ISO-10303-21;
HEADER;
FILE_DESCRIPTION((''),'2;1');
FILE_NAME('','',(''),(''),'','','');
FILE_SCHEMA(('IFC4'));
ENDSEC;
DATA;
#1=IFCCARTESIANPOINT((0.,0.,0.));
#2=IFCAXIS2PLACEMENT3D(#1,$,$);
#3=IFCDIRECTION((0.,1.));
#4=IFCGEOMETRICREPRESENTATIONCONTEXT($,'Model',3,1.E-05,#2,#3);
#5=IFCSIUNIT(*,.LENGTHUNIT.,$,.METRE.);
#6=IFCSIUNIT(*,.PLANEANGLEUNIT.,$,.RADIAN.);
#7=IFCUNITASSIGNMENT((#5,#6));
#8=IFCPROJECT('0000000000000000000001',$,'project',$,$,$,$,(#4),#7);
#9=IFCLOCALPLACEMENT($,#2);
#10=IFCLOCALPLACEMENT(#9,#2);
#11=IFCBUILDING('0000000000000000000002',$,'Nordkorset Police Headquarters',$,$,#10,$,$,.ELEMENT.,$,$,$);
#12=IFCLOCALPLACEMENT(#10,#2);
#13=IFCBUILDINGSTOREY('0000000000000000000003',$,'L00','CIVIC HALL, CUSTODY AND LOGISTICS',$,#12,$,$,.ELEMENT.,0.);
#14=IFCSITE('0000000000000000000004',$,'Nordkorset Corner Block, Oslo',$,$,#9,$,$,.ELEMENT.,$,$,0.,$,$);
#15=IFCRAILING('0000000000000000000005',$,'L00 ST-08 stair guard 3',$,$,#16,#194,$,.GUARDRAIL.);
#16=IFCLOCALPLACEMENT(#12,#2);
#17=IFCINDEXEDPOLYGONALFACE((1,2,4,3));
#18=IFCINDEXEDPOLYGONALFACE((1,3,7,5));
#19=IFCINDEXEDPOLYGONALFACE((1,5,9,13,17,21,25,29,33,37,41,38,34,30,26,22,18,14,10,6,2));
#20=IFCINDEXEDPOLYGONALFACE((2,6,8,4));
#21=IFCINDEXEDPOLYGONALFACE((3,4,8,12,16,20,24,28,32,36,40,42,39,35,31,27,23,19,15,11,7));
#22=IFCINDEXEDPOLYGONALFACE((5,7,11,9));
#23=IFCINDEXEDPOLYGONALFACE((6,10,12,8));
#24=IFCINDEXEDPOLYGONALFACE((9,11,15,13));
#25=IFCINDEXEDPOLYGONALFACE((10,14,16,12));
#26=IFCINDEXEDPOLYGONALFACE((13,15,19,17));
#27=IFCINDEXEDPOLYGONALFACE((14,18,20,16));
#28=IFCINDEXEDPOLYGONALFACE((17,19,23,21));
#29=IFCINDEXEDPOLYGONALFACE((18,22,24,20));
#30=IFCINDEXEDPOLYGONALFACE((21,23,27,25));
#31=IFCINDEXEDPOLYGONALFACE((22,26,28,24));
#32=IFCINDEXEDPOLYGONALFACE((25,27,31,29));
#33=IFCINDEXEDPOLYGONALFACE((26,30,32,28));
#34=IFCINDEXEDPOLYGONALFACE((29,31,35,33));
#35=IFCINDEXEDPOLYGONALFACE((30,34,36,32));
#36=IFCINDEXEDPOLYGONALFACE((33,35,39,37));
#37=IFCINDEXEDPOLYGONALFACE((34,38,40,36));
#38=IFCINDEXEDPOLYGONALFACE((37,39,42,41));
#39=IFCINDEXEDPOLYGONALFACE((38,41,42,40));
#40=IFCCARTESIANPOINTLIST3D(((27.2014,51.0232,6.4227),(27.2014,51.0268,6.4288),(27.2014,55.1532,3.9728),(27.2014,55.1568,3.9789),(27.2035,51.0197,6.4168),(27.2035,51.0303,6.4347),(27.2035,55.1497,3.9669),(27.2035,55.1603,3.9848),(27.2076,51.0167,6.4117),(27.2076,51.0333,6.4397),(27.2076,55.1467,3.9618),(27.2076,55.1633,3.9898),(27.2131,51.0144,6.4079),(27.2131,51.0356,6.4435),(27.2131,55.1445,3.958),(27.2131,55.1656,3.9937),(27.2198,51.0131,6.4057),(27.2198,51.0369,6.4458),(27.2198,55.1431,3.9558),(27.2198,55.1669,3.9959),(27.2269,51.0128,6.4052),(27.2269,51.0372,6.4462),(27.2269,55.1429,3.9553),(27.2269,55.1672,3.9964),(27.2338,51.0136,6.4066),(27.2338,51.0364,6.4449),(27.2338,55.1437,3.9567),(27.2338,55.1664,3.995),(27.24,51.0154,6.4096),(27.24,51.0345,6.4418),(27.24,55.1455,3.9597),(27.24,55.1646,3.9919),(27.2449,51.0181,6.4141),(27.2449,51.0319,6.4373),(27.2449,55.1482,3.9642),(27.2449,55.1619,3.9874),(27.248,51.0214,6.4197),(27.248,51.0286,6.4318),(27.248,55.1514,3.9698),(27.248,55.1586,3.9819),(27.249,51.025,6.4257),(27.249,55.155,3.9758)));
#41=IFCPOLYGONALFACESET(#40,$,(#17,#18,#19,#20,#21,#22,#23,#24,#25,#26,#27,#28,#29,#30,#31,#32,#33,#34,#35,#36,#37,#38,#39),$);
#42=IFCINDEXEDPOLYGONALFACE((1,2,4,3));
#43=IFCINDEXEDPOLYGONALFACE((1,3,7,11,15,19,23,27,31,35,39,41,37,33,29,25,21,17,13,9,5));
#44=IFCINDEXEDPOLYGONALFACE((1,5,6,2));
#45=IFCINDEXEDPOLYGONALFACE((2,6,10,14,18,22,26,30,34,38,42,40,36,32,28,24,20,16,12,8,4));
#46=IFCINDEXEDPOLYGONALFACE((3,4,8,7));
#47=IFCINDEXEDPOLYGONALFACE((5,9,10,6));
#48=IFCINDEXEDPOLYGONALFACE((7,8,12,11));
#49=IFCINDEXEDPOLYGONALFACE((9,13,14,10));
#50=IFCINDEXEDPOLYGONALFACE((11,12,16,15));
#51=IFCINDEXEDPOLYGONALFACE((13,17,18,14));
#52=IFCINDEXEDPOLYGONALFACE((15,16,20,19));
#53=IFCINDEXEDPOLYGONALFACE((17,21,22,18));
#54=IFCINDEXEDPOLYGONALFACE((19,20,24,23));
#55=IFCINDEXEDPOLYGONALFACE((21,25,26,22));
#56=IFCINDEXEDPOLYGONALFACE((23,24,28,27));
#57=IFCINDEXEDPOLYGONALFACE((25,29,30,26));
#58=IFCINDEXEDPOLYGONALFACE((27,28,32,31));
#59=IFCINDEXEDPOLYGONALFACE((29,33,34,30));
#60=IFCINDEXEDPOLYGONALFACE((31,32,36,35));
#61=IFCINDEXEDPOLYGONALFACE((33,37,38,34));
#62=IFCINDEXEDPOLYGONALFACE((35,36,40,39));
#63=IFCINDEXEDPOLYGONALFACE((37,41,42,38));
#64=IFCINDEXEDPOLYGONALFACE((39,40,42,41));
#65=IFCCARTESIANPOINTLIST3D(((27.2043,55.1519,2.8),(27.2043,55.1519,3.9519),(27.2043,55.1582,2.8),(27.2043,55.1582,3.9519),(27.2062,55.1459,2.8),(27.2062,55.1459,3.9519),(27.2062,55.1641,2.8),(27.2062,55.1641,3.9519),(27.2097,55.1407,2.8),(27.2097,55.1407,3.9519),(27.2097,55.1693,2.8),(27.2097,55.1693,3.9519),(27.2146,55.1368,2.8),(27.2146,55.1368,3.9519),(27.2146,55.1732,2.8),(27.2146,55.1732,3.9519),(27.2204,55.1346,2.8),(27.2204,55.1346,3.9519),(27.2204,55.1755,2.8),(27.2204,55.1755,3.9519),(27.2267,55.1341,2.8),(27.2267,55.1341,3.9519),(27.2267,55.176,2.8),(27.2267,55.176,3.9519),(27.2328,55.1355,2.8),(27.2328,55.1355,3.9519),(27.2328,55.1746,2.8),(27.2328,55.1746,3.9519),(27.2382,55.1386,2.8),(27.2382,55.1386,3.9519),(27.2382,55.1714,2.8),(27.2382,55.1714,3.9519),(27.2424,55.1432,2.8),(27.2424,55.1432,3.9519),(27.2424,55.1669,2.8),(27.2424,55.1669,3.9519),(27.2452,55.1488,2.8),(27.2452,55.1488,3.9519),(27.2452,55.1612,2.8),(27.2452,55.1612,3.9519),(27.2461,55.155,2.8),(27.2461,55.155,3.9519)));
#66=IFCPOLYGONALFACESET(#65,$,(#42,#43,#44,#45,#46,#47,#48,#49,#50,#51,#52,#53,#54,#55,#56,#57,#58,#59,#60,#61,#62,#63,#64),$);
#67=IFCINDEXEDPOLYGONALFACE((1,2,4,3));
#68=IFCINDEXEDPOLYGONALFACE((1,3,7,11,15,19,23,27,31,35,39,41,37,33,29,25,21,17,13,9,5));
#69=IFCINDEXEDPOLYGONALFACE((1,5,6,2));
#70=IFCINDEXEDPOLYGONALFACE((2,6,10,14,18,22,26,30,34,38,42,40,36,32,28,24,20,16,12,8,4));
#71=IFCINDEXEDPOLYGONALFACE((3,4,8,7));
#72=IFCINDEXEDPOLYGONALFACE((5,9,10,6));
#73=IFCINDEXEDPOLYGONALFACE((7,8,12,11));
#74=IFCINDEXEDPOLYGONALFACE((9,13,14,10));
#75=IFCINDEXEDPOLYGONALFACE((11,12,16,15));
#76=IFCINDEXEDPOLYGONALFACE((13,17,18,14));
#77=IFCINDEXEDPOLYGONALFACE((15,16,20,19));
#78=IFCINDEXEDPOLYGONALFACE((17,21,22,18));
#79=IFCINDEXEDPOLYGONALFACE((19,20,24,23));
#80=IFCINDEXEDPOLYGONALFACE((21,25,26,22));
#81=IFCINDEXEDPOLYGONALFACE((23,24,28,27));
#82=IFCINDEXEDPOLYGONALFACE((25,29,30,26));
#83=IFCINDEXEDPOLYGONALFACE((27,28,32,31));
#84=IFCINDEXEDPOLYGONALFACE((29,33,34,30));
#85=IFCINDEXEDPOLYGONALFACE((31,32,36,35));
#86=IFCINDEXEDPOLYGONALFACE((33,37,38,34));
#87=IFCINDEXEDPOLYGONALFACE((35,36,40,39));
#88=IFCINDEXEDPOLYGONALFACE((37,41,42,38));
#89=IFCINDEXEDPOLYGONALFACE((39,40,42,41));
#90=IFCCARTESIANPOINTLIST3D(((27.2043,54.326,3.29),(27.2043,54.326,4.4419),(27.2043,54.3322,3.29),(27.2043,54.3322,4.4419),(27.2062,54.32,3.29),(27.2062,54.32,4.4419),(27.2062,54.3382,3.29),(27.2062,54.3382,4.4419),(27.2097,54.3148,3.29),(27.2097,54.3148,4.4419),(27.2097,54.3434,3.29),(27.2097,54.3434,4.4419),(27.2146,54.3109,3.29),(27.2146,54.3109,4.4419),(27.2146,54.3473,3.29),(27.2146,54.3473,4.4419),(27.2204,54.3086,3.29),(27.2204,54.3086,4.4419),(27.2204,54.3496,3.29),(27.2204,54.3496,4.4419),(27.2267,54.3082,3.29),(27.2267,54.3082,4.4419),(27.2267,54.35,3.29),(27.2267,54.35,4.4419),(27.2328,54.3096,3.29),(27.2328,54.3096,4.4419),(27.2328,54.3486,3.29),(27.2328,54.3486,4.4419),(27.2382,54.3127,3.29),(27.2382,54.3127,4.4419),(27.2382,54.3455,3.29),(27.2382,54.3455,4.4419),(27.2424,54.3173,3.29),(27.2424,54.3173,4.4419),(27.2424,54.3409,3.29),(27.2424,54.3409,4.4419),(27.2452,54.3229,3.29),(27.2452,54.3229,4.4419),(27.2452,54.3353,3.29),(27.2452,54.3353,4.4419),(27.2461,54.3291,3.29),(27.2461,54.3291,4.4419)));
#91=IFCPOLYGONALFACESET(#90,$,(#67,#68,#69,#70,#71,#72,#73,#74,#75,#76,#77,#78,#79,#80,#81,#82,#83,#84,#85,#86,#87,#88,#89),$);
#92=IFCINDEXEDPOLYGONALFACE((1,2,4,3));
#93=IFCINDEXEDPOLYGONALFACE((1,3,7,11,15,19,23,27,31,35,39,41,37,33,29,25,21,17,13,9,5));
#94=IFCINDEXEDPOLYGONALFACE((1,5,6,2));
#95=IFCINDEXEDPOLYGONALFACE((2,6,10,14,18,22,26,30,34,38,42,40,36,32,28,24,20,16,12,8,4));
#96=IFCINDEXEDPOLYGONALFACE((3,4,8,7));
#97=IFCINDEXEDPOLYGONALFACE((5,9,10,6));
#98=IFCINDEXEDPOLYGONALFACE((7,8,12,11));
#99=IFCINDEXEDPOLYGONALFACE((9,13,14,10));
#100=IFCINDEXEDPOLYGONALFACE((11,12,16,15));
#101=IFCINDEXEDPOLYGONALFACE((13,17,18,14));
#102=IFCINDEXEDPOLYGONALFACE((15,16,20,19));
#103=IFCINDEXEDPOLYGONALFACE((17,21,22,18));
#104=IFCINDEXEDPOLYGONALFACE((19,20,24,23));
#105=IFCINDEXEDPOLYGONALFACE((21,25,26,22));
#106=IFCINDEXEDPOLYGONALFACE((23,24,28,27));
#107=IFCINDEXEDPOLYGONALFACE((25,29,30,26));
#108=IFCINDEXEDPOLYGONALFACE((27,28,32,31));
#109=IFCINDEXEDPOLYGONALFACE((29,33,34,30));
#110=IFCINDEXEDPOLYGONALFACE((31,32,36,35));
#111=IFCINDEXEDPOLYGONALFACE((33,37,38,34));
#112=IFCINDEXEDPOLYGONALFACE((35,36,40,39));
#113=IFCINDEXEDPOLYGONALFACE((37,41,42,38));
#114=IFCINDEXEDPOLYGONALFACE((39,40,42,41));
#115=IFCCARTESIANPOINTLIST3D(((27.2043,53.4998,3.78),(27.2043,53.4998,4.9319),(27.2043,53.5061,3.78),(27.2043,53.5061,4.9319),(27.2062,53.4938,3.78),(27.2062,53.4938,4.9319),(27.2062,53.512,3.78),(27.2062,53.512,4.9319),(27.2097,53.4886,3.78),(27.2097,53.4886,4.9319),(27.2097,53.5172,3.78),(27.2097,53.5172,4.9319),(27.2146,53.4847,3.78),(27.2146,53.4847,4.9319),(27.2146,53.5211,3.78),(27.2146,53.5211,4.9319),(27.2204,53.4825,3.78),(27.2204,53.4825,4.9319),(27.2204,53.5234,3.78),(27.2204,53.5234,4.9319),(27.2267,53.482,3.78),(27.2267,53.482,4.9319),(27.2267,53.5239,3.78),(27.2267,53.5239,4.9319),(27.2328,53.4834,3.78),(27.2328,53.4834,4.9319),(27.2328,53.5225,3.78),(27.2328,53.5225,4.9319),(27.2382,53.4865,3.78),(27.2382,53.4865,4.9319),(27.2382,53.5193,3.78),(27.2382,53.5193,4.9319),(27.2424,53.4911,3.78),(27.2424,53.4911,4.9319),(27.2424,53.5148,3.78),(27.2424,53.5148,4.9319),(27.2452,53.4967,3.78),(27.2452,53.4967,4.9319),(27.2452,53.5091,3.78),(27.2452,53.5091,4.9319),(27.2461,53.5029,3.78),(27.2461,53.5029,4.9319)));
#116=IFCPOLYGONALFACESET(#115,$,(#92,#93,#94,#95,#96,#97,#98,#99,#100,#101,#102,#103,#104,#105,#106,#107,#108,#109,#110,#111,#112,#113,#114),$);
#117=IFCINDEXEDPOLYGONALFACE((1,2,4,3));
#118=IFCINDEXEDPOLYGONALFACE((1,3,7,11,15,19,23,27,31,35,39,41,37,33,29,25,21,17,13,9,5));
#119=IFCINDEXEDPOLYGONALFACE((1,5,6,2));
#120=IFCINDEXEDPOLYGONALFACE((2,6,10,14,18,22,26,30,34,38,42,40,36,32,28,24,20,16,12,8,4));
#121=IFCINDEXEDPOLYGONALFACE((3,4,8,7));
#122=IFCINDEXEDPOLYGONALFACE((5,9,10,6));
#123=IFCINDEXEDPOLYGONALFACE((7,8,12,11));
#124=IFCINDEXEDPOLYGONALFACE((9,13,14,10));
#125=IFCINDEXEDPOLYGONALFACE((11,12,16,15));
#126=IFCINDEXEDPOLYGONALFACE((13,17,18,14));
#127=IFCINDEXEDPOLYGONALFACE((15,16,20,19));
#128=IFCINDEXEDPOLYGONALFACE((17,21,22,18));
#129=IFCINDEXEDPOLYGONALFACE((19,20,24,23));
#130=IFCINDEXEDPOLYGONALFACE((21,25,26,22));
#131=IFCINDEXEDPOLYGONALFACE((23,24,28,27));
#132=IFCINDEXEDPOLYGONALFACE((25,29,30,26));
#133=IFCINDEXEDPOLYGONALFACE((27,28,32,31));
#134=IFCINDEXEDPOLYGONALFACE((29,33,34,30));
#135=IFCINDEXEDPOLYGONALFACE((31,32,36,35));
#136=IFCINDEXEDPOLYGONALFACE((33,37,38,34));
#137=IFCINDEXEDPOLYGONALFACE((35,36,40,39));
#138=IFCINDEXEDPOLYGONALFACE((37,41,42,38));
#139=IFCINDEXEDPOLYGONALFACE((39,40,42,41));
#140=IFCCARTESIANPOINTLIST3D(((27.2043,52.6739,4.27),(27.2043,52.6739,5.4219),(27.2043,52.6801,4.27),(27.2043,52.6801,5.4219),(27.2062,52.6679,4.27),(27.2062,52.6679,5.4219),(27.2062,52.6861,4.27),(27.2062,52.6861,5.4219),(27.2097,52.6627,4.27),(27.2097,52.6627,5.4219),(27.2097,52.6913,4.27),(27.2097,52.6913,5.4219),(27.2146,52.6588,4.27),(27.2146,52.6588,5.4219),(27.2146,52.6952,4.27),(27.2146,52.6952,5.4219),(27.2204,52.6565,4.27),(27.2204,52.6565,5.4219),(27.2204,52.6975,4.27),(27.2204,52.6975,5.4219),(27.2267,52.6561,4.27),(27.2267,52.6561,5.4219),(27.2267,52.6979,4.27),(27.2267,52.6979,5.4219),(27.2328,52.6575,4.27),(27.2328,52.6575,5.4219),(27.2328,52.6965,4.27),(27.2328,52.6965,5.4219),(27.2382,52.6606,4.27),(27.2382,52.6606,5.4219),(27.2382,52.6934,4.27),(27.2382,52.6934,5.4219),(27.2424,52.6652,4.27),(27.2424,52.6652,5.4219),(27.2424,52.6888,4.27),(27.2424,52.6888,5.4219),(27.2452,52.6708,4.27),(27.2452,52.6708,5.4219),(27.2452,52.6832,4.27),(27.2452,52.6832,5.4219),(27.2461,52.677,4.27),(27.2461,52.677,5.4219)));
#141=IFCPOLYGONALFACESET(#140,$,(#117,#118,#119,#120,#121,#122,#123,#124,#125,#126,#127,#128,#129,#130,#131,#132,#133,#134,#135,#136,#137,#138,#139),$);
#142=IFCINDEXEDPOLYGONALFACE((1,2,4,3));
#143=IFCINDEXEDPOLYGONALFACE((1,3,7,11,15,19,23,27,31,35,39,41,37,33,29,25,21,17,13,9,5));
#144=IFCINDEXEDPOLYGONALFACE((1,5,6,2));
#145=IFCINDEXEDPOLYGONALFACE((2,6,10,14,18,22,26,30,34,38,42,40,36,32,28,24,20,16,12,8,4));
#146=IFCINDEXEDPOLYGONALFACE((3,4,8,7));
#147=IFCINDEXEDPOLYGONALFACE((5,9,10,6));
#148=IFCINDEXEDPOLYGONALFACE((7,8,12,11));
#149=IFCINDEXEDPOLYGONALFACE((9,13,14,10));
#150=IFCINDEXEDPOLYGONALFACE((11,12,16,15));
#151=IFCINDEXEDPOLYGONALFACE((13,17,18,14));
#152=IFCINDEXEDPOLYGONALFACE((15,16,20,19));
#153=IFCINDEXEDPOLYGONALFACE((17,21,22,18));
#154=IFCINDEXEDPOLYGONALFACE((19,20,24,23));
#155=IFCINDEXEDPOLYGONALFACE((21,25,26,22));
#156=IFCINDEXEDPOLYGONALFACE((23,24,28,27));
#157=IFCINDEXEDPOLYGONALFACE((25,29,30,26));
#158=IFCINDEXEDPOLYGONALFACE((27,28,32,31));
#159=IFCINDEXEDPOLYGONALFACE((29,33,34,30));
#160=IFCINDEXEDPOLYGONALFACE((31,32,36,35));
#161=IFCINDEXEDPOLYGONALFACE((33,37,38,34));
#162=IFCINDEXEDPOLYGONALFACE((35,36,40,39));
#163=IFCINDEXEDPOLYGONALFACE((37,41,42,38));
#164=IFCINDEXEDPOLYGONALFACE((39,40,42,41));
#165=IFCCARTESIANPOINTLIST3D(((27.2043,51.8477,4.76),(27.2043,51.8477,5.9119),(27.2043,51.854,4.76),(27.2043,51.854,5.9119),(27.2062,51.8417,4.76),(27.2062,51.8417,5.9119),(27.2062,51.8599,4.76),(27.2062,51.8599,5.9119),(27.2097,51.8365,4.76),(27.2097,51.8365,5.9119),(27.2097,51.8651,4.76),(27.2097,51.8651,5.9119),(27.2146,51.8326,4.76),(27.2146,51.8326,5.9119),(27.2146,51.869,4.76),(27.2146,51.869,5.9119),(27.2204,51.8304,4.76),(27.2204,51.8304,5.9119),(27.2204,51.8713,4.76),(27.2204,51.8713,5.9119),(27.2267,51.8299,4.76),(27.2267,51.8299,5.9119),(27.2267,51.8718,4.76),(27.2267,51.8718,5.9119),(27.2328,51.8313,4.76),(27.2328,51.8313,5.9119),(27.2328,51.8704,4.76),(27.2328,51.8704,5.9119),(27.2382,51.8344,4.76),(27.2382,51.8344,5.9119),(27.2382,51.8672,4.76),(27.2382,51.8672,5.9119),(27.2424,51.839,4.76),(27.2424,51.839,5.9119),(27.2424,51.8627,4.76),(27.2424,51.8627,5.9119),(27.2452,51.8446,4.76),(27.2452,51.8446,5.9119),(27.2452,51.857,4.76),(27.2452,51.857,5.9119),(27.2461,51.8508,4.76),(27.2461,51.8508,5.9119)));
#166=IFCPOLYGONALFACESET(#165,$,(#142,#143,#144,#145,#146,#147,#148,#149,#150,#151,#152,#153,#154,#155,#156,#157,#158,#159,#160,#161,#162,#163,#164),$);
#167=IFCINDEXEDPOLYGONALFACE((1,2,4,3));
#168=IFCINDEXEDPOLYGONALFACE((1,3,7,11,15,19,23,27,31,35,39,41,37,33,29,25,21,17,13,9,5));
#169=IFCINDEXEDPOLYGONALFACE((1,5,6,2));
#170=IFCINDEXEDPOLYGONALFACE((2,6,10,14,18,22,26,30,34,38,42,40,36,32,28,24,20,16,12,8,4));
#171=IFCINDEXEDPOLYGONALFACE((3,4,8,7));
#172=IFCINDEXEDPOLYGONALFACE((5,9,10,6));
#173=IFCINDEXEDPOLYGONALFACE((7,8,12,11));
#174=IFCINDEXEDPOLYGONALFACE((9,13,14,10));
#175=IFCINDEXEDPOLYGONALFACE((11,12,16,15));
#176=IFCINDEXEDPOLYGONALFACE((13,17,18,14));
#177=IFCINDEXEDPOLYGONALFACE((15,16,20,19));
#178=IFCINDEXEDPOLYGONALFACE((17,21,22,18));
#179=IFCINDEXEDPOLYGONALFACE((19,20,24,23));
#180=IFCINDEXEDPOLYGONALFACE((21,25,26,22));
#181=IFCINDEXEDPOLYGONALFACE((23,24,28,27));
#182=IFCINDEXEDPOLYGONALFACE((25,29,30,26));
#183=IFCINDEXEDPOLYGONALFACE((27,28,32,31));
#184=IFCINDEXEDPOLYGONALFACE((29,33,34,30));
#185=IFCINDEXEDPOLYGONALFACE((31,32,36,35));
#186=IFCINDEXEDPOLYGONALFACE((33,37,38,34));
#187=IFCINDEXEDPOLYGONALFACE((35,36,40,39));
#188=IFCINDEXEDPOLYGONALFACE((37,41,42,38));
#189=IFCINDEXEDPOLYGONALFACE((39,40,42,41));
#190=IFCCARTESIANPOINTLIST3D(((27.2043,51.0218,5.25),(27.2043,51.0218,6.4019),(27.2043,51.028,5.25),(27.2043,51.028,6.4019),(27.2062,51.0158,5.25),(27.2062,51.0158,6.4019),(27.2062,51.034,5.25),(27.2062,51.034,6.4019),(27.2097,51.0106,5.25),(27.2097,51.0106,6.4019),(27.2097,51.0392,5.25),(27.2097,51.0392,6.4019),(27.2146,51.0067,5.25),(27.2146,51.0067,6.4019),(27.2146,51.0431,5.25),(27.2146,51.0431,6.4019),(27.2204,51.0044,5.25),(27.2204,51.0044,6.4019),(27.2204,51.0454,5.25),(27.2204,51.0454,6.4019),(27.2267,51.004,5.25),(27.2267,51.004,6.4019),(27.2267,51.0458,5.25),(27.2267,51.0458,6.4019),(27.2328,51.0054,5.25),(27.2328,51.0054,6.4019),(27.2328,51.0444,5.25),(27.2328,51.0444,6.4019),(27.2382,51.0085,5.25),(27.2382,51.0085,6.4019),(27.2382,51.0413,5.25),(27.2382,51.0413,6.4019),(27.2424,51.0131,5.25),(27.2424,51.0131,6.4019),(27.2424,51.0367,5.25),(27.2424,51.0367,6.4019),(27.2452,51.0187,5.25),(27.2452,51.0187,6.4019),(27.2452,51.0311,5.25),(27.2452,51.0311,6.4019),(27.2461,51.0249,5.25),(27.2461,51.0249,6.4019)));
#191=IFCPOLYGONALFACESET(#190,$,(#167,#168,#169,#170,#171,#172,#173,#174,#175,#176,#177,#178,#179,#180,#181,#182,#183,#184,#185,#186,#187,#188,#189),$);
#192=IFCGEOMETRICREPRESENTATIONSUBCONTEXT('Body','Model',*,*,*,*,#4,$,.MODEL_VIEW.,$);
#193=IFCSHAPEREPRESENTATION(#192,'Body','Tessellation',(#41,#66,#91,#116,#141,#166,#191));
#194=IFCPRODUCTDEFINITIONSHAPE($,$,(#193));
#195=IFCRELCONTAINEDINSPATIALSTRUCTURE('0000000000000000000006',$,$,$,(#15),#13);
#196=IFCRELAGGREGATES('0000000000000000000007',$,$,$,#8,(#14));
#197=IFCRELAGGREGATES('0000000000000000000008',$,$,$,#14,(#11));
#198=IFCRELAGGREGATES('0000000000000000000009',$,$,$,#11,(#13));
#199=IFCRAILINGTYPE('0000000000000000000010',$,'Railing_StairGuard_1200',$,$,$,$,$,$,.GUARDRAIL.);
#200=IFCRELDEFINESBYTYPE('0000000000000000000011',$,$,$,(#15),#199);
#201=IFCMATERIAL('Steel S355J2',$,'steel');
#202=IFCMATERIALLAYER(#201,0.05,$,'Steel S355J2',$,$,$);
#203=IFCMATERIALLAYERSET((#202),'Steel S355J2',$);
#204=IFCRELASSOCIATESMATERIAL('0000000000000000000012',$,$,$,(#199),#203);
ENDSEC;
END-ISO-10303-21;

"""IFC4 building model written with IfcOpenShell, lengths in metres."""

from ifc_helpers import new_model, si_unit, direction, frame, origin, origin_2d, place, context, subcontext, project, spatial, circle, extrude, material, layer, layer_set, type_object, element, save


model = new_model("IFC4")

# Units and contexts
model_context = context("Model", 3, precision=1e-05, world=origin(), true_north=direction((0.0, 1.0)))
body_context = subcontext(model_context, "Body", "Model", "MODEL_VIEW")
ifc_project = project(units=[si_unit("LENGTHUNIT", "METRE"), si_unit("PLANEANGLEUNIT", "RADIAN")], contexts=[model_context])

# Site, building, storey
site_placement = place(None, origin())
site = spatial("IfcSite", under=ifc_project, at=site_placement, Name="Nordkorset Corner Block, Oslo", CompositionType="ELEMENT", RefElevation=0.0)
building_placement = place(site_placement, origin())
building = spatial("IfcBuilding", under=site, at=building_placement, Name="Nordkorset Police Headquarters", CompositionType="ELEMENT")
storey_placement = place(building_placement, origin())
storey = spatial("IfcBuildingStorey", under=building, at=storey_placement, Name="L00", Description="CIVIC HALL, CUSTODY AND LOGISTICS", CompositionType="ELEMENT", Elevation=0.0)

# Railing
ifc_material_1 = material(Name="Steel S355J2", Category="steel")
ifc_layer_1 = layer(ifc_material_1, 0.05, Name="Steel S355J2")
ifc_layer_set_1 = layer_set([ifc_layer_1], Name="Steel S355J2")
railing_type_1 = type_object("IfcRailingType", Name="Railing_StairGuard_1200", PredefinedType="GUARDRAIL", material=ifc_layer_set_1)
railing_1_placement = place(storey_placement, frame((27.2251, 55.155, 2.8)))
element("IfcRailing", 1, at=railing_1_placement, inside=storey, type_object=railing_type_1, Name="L00 ST-08 stair guard 3", PredefinedType="GUARDRAIL", context=body_context, shape_type="SweptSolid", body=[
    extrude(circle(Radius=0.0239, at=origin_2d()), frame((0.0, 0.0, 1.1758), z_axis=(0.0, -0.860066, 0.510183), x_axis=(1.0, 0.0, 0.0)), (0.0, 0.0, 1.0), 4.802),
    extrude(circle(Radius=0.021, at=origin_2d()), origin(), (0.0, 0.0, 1.0), 1.1519),
    extrude(circle(Radius=0.021, at=origin_2d()), frame((0.0, -0.8259, 0.49)), (0.0, 0.0, 1.0), 1.1519),
    extrude(circle(Radius=0.021, at=origin_2d()), frame((0.0, -1.6521, 0.98)), (0.0, 0.0, 1.0), 1.1519),
    extrude(circle(Radius=0.021, at=origin_2d()), frame((0.0, -2.478, 1.47)), (0.0, 0.0, 1.0), 1.1519),
    extrude(circle(Radius=0.021, at=origin_2d()), frame((0.0, -3.3042, 1.96)), (0.0, 0.0, 1.0), 1.1519),
    extrude(circle(Radius=0.021, at=origin_2d()), frame((0.0, -4.1301, 2.45)), (0.0, 0.0, 1.0), 1.1519),
])

save(model, "model.ifc")
